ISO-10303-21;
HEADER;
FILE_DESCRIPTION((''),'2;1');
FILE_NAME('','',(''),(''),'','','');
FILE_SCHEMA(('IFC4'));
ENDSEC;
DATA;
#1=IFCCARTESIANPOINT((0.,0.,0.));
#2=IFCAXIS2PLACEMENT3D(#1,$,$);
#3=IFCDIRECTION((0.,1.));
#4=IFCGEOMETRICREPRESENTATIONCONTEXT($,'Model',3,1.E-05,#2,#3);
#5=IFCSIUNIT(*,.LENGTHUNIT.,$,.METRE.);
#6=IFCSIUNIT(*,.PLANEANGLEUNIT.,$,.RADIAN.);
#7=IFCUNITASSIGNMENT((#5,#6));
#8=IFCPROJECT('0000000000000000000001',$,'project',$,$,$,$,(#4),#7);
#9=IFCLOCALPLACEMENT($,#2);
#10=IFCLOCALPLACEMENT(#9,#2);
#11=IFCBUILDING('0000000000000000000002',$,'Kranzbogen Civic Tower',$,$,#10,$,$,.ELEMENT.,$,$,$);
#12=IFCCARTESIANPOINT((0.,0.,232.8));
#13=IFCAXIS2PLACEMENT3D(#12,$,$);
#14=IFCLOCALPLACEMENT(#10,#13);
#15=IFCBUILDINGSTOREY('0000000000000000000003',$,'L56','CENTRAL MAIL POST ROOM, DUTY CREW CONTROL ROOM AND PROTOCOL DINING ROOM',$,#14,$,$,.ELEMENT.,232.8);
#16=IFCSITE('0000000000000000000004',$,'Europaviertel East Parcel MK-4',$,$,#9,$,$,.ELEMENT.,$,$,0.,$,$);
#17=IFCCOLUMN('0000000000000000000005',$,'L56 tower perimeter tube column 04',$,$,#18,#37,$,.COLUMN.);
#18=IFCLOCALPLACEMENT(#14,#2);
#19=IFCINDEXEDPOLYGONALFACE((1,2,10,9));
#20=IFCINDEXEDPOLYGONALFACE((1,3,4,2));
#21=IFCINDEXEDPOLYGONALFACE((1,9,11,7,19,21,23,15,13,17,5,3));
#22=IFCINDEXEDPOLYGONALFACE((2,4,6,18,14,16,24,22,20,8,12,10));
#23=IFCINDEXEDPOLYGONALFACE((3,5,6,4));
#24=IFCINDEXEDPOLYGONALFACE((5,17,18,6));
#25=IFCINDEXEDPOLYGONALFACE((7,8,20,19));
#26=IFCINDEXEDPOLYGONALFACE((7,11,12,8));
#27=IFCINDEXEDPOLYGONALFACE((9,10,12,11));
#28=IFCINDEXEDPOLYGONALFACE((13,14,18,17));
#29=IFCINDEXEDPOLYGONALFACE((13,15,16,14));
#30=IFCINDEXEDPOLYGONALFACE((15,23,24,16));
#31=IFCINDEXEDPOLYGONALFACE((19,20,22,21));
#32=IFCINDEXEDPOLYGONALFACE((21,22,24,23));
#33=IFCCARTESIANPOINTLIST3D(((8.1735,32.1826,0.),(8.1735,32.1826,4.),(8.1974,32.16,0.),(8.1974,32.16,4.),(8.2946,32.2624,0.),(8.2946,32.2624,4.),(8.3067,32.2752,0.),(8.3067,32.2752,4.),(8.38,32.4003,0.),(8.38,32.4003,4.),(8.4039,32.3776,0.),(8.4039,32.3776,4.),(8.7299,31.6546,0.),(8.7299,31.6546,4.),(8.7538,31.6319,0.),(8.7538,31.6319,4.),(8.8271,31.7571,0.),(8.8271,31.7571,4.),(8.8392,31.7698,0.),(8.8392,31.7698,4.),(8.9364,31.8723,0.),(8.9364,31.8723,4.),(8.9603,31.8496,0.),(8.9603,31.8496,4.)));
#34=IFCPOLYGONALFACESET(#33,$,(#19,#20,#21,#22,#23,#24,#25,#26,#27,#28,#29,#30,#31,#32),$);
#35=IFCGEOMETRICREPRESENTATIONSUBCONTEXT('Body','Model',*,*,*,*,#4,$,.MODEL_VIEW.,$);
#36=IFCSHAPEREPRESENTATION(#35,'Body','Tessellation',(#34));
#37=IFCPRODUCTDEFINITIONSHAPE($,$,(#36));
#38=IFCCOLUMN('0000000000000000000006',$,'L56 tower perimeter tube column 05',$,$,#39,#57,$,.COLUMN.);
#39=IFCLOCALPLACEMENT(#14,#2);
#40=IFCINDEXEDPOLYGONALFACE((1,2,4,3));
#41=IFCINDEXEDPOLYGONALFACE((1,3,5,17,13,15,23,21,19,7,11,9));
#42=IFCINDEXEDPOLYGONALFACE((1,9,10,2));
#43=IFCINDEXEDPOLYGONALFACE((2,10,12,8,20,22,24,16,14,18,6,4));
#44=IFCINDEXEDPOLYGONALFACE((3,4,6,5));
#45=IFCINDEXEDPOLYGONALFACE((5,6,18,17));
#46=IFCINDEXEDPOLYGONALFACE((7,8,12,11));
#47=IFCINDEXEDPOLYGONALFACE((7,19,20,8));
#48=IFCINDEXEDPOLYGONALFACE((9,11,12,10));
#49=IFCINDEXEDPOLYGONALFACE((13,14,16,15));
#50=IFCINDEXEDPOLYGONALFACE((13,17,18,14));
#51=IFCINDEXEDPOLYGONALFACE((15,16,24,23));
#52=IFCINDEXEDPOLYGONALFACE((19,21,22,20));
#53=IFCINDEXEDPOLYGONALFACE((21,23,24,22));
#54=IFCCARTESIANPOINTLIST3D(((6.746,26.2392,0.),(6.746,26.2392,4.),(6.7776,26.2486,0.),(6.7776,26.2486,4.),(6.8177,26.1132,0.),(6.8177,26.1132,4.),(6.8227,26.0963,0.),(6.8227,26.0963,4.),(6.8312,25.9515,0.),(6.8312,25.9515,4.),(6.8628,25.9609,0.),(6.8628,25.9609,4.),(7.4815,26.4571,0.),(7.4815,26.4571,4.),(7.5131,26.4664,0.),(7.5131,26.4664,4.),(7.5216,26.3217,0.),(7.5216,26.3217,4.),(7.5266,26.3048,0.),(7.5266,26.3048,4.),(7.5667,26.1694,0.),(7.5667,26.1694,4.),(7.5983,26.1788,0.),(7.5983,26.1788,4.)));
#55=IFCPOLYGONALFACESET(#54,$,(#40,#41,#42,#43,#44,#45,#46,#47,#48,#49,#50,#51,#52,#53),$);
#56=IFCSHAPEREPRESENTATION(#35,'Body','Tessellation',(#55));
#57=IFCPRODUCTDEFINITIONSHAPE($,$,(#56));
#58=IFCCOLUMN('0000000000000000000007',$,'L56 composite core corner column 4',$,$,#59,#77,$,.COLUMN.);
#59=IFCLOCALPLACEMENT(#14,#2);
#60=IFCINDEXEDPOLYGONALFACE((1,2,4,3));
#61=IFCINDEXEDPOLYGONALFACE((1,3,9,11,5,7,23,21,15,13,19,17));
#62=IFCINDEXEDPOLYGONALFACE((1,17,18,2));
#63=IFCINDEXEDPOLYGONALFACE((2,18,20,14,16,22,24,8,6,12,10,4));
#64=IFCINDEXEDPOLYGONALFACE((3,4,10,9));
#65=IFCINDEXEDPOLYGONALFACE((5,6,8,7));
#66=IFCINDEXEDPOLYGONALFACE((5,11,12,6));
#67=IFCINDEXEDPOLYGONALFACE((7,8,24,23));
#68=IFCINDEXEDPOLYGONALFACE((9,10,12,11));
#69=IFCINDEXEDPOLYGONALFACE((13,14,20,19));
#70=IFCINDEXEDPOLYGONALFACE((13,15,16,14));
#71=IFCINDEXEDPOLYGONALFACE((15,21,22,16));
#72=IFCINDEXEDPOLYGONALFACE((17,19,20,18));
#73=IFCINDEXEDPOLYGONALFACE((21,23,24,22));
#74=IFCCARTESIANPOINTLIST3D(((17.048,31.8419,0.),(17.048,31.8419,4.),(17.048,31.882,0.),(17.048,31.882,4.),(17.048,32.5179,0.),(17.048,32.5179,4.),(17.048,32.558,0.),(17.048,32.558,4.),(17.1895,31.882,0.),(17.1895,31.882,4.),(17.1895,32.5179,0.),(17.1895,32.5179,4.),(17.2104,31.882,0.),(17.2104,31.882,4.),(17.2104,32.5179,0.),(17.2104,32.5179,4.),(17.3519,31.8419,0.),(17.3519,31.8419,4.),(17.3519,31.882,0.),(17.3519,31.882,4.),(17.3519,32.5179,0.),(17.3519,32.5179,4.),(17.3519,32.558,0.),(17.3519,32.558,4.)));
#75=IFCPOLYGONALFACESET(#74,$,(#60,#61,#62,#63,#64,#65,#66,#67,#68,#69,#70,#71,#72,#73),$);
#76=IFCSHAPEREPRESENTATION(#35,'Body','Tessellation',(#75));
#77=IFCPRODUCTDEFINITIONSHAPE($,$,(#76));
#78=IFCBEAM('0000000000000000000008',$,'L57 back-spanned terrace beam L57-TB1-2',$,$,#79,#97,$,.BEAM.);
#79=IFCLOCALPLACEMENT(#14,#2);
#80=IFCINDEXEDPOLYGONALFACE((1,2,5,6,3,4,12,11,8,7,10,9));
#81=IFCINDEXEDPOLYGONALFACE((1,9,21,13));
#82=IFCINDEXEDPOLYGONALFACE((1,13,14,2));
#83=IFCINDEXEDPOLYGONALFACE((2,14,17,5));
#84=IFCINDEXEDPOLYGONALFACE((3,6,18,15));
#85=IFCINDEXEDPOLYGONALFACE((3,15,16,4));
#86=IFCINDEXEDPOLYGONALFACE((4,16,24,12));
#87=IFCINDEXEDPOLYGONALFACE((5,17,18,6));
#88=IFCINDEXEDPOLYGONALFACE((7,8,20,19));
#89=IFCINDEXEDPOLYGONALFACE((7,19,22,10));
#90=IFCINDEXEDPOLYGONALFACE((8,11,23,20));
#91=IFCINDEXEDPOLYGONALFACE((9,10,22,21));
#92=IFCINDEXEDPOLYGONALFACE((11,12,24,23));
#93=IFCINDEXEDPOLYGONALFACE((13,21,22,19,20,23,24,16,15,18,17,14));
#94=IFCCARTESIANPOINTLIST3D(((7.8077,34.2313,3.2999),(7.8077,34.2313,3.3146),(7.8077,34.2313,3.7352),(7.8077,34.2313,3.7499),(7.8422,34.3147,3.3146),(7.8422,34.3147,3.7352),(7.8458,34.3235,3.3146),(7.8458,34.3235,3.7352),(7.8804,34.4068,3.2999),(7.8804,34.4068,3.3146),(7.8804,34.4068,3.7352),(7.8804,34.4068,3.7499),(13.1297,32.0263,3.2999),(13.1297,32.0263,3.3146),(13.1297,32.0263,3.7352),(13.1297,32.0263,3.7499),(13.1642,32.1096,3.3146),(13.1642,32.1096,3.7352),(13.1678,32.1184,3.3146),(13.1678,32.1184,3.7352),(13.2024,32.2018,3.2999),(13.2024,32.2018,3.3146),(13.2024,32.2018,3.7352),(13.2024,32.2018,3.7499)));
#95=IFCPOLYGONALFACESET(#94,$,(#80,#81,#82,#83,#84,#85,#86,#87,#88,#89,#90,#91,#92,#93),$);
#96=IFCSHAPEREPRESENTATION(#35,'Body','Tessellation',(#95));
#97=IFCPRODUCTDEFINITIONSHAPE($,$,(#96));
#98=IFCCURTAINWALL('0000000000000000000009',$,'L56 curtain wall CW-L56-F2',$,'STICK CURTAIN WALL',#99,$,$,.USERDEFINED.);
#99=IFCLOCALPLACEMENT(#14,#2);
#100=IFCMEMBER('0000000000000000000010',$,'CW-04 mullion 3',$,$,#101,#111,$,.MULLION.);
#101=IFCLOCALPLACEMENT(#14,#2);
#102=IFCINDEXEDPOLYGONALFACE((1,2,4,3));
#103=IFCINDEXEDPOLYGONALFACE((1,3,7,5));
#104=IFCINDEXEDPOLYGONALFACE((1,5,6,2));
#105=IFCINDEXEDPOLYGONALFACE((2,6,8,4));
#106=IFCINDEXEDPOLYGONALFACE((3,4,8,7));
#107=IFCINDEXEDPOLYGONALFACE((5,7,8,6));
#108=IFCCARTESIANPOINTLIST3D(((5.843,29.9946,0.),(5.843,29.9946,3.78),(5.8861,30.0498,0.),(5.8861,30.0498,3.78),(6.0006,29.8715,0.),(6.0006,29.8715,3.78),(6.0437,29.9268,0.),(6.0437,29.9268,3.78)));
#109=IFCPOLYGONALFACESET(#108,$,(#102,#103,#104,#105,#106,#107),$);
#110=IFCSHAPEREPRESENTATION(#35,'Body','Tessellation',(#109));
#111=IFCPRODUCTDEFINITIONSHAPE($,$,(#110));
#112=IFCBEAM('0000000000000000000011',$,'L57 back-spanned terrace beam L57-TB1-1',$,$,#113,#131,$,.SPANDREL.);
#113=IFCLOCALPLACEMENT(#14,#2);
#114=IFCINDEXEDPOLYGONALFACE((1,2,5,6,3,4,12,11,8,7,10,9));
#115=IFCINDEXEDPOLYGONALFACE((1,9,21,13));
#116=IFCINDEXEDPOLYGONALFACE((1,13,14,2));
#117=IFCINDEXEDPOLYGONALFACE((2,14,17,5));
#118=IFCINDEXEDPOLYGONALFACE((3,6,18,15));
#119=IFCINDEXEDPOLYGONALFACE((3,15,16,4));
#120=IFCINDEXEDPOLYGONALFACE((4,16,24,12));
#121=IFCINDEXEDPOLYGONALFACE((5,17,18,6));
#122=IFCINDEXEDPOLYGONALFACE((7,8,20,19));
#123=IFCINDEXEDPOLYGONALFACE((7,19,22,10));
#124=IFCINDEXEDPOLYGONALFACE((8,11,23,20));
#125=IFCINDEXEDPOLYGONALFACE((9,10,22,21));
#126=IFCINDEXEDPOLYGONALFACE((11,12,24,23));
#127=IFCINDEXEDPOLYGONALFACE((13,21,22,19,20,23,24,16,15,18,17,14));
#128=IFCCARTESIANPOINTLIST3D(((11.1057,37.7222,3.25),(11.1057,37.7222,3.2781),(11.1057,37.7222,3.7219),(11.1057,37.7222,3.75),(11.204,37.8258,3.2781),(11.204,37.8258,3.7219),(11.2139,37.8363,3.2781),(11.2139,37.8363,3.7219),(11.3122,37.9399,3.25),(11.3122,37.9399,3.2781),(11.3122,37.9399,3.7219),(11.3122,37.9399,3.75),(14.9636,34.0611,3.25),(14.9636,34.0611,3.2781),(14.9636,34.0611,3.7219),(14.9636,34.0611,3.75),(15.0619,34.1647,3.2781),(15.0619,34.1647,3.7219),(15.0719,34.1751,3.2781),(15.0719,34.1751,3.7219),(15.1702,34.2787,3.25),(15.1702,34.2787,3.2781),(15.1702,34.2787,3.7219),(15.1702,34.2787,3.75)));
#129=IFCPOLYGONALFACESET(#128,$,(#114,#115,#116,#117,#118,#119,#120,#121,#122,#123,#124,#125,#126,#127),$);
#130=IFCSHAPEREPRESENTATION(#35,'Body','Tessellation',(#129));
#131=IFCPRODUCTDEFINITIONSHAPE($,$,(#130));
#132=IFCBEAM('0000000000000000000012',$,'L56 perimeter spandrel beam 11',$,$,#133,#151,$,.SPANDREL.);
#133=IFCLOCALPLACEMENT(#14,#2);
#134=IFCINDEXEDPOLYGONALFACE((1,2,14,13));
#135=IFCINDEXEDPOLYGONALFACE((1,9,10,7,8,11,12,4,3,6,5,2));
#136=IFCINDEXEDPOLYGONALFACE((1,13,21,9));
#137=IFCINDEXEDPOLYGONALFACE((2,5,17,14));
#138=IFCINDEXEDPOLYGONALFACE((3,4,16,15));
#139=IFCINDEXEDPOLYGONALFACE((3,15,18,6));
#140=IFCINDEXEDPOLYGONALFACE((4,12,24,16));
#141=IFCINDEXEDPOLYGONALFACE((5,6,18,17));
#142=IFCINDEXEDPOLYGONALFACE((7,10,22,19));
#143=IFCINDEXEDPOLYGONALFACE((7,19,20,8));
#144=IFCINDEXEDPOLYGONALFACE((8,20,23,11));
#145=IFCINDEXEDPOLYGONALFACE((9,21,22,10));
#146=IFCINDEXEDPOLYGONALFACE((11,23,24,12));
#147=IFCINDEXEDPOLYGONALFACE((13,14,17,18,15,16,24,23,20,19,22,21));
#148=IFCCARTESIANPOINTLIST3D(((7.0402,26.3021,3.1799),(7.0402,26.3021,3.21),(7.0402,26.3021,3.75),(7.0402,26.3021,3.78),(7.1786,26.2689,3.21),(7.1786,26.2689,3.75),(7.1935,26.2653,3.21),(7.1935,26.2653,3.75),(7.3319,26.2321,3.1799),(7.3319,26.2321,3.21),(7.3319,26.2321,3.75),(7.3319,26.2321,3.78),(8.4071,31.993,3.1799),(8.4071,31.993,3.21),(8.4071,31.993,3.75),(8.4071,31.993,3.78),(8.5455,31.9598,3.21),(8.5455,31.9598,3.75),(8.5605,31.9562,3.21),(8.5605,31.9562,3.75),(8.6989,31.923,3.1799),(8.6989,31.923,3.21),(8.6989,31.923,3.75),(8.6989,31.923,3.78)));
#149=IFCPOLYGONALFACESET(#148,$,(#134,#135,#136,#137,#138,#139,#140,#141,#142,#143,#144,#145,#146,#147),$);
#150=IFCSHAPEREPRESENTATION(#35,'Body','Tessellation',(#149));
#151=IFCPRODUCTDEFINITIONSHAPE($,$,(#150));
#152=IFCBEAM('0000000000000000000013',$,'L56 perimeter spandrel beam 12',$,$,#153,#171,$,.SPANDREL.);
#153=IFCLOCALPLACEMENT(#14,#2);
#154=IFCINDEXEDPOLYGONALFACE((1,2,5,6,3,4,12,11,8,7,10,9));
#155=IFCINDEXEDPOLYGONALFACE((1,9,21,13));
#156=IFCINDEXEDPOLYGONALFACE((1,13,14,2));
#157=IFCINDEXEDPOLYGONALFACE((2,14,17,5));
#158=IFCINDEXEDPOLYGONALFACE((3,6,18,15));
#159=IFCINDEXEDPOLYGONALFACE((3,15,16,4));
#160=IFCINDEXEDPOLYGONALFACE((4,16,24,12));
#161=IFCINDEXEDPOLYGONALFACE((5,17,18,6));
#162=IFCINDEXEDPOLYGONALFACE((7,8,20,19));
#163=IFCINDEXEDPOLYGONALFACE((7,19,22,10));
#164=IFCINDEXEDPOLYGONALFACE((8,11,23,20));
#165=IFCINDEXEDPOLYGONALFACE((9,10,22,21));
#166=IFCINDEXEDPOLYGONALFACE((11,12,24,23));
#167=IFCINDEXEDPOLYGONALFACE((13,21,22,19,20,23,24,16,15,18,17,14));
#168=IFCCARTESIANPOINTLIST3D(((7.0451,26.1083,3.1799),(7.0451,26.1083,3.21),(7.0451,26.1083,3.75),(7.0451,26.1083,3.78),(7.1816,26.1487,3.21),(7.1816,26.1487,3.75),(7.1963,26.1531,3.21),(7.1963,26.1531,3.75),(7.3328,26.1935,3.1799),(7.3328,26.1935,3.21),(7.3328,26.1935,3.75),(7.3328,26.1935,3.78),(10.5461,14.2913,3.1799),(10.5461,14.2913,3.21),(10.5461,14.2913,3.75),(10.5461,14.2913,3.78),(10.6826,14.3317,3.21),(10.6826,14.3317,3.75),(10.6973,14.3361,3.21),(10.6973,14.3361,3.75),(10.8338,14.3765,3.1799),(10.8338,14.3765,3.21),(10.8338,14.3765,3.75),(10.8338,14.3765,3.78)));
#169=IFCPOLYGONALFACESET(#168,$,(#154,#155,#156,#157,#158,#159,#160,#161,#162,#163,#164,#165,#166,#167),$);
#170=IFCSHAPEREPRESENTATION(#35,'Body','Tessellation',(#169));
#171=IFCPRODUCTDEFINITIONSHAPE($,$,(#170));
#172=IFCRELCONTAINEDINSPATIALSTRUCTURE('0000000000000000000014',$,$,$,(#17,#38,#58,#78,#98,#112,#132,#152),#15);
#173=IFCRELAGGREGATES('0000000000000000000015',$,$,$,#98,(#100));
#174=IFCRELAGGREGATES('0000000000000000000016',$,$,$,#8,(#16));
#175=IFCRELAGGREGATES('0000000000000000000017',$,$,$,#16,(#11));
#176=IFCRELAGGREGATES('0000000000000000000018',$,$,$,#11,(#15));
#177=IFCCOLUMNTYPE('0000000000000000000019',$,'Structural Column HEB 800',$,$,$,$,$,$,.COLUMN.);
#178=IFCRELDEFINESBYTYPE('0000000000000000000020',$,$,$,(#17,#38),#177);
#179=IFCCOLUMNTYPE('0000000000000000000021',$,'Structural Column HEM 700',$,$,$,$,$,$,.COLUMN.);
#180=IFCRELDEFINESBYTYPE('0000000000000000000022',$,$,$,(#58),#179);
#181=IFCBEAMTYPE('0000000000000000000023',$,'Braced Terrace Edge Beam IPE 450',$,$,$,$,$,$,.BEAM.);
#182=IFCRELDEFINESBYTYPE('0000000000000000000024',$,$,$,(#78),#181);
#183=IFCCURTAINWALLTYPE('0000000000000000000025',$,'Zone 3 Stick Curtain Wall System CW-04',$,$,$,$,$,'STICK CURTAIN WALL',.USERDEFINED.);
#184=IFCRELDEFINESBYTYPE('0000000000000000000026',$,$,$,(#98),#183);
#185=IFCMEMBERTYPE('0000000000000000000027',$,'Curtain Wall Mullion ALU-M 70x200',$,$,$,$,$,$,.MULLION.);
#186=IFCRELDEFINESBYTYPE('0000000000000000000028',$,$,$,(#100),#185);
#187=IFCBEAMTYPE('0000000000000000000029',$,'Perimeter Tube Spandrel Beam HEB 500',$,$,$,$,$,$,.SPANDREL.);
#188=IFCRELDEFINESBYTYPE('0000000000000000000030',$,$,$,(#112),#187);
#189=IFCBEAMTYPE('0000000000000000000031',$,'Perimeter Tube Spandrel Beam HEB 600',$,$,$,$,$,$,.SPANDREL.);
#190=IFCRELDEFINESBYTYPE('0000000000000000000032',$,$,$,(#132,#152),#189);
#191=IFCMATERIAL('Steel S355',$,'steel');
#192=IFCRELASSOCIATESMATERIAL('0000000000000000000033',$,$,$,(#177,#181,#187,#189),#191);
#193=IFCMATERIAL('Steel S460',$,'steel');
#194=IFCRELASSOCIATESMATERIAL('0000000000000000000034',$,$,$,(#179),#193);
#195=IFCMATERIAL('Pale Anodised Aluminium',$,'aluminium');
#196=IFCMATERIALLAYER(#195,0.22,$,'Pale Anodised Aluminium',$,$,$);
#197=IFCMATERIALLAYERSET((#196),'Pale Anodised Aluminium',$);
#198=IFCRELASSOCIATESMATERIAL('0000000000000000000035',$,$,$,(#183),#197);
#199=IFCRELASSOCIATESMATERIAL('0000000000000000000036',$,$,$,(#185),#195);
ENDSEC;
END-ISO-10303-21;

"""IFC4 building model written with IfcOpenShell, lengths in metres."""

from ifc_helpers import new_model, si_unit, direction, frame, origin, origin_2d, place, context, subcontext, project, spatial, rectangle, i_section, extrude, material, layer, layer_set, material_profile, profile_set, type_object, element, aggregate, save


model = new_model("IFC4")

# Units and contexts
model_context = context("Model", 3, precision=1e-05, world=origin(), true_north=direction((0.0, 1.0)))
body_context = subcontext(model_context, "Body", "Model", "MODEL_VIEW")
ifc_project = project(units=[si_unit("LENGTHUNIT", "METRE"), si_unit("PLANEANGLEUNIT", "RADIAN")], contexts=[model_context])

# Site, building, storey
site_placement = place(None, origin())
site = spatial("IfcSite", under=ifc_project, at=site_placement, Name="Europaviertel East Parcel MK-4", CompositionType="ELEMENT", RefElevation=0.0)
building_placement = place(site_placement, origin())
building = spatial("IfcBuilding", under=site, at=building_placement, Name="Kranzbogen Civic Tower", CompositionType="ELEMENT")
storey_placement = place(building_placement, frame((0.0, 0.0, 232.8)))
storey = spatial("IfcBuildingStorey", under=building, at=storey_placement, Name="L56", Description="CENTRAL MAIL POST ROOM, DUTY CREW CONTROL ROOM AND PROTOCOL DINING ROOM", CompositionType="ELEMENT", Elevation=232.8)

# Columns
ifc_material_1 = material(Name="Steel S355", Category="steel")
ifc_material_profile_1 = material_profile(ifc_material_1, i_section(OverallWidth=0.3, OverallDepth=0.8, WebThickness=0.0176, FlangeThickness=0.033, at=origin_2d()), Name="HEB 800")
ifc_profile_set_1 = profile_set([ifc_material_profile_1], Name="Steel S355")
column_type_1 = type_object("IfcColumnType", Name="Structural Column HEB 800", PredefinedType="COLUMN", material=ifc_profile_set_1)
for number, where, z_axis, x_axis, name in (
    (1, (8.5669, 32.0161, 0.0), (0.0, 0.0, 1.0), (0.688355, 0.725374, 0.0), "L56 tower perimeter tube column 04"),
    (2, (7.1721, 26.209, 0.0), (0.0, 0.0, 1.0), (-0.284015, 0.95882, 0.0), "L56 tower perimeter tube column 05"),
):
    element("IfcColumn", number, at=place(storey_placement, frame(where, z_axis=z_axis, x_axis=x_axis)), inside=storey, type_object=column_type_1, Name=name, PredefinedType="COLUMN", context=body_context, shape_type="SweptSolid", body=[
        extrude(i_section(OverallWidth=0.3, OverallDepth=0.8, WebThickness=0.0176, FlangeThickness=0.033, at=origin_2d()), origin(), (0.0, 0.0, 1.0), 4.0),
    ])
ifc_material_2 = material(Name="Steel S460", Category="steel")
ifc_material_profile_2 = material_profile(ifc_material_2, i_section(OverallWidth=0.304, OverallDepth=0.7161, WebThickness=0.021, FlangeThickness=0.04, at=origin_2d()), Name="HEM 700")
ifc_profile_set_2 = profile_set([ifc_material_profile_2], Name="Steel S460")
column_type_2 = type_object("IfcColumnType", Name="Structural Column HEM 700", PredefinedType="COLUMN", material=ifc_profile_set_2)
column_placement = place(storey_placement, frame((17.2, 32.2, 0.0), z_axis=(0.0, 0.0, 1.0), x_axis=(1.0, 0.0, 0.0)))
element("IfcColumn", 3, at=column_placement, inside=storey, type_object=column_type_2, Name="L56 composite core corner column 4", PredefinedType="COLUMN", context=body_context, shape_type="SweptSolid", body=[
    extrude(i_section(OverallWidth=0.304, OverallDepth=0.7161, WebThickness=0.021, FlangeThickness=0.04, at=origin_2d()), origin(), (0.0, 0.0, 1.0), 4.0),
])

# Beam
ifc_material_profile_3 = material_profile(ifc_material_1, i_section(OverallWidth=0.1899, OverallDepth=0.45, WebThickness=0.0095, FlangeThickness=0.0146, at=origin_2d()), Name="IPE 450")
ifc_profile_set_3 = profile_set([ifc_material_profile_3], Name="Steel S355")
beam_type_1 = type_object("IfcBeamType", Name="Braced Terrace Edge Beam IPE 450", PredefinedType="BEAM", material=ifc_profile_set_3)
beam_1_placement = place(storey_placement, frame((13.166, 32.114, 3.5249), z_axis=(-0.923841, 0.382776, 0.0), x_axis=(-0.382776, -0.923841, 0.0)))
element("IfcBeam", 4, at=beam_1_placement, inside=storey, type_object=beam_type_1, Name="L57 back-spanned terrace beam L57-TB1-2", PredefinedType="BEAM", context=body_context, shape_type="SweptSolid", body=[
    extrude(i_section(OverallWidth=0.1899, OverallDepth=0.45, WebThickness=0.0095, FlangeThickness=0.0146, at=origin_2d()), origin(), (0.0, 0.0, 1.0), 5.7607),
])

# Curtain wall, member
ifc_material_3 = material(Name="Pale Anodised Aluminium", Category="aluminium")
ifc_layer_1 = layer(ifc_material_3, 0.22, Name="Pale Anodised Aluminium")
ifc_layer_set_1 = layer_set([ifc_layer_1], Name="Pale Anodised Aluminium")
curtain_wall_type = type_object("IfcCurtainWallType", Name="Zone 3 Stick Curtain Wall System CW-04", ElementType="STICK CURTAIN WALL", PredefinedType="USERDEFINED", material=ifc_layer_set_1)
curtain_wall_placement = place(storey_placement, origin())
curtain_wall = element("IfcCurtainWall", 5, at=curtain_wall_placement, inside=storey, type_object=curtain_wall_type, Name="L56 curtain wall CW-L56-F2", ObjectType="STICK CURTAIN WALL", PredefinedType="USERDEFINED")
ifc_material_profile_4 = material_profile(ifc_material_3, rectangle(XDim=0.0701, YDim=0.2, at=origin_2d()), Name="ALU-M 70x200")
ifc_profile_set_4 = profile_set([ifc_material_profile_4], Name="Pale Anodised Aluminium")
member_type = type_object("IfcMemberType", Name="Curtain Wall Mullion ALU-M 70x200", PredefinedType="MULLION", material=ifc_profile_set_4)
member_placement = place(storey_placement, frame((5.9434, 29.9607, 0.0), z_axis=(0.0, 0.0, 1.0), x_axis=(-0.615632, -0.788034, 0.0)))
member = element("IfcMember", 6, at=member_placement, type_object=member_type, Name="CW-04 mullion 3", PredefinedType="MULLION", context=body_context, shape_type="SweptSolid", body=[
    extrude(rectangle(XDim=0.0701, YDim=0.2, at=origin_2d()), origin(), (0.0, 0.0, 1.0), 3.78),
])

# Beams
ifc_material_profile_5 = material_profile(ifc_material_1, i_section(OverallWidth=0.3, OverallDepth=0.5, WebThickness=0.0144, FlangeThickness=0.0281, at=origin_2d()), Name="HEB 500")
ifc_profile_set_5 = profile_set([ifc_material_profile_5], Name="Steel S355")
beam_type_2 = type_object("IfcBeamType", Name="Perimeter Tube Spandrel Beam HEB 500", PredefinedType="SPANDREL", material=ifc_profile_set_5)
beam_2_placement = place(storey_placement, frame((15.0669, 34.1699, 3.5), z_axis=(-0.725364, 0.688366, 0.0), x_axis=(-0.688366, -0.725364, 0.0)))
element("IfcBeam", 7, at=beam_2_placement, inside=storey, type_object=beam_type_2, Name="L57 back-spanned terrace beam L57-TB1-1", PredefinedType="SPANDREL", context=body_context, shape_type="SweptSolid", body=[
    extrude(i_section(OverallWidth=0.3, OverallDepth=0.5, WebThickness=0.0144, FlangeThickness=0.0281, at=origin_2d()), origin(), (0.0, 0.0, 1.0), 5.3186),
])
ifc_material_profile_6 = material_profile(ifc_material_1, i_section(OverallWidth=0.3, OverallDepth=0.6001, WebThickness=0.0154, FlangeThickness=0.03, at=origin_2d()), Name="HEB 600")
ifc_profile_set_6 = profile_set([ifc_material_profile_6], Name="Steel S355")
beam_type_3 = type_object("IfcBeamType", Name="Perimeter Tube Spandrel Beam HEB 600", PredefinedType="SPANDREL", material=ifc_profile_set_6)
beam_3_placement = place(storey_placement, frame((8.553, 31.958, 3.48), z_axis=(-0.233554, -0.972344, 0.0), x_axis=(0.972344, -0.233554, 0.0)))
element("IfcBeam", 8, at=beam_3_placement, inside=storey, type_object=beam_type_3, Name="L56 perimeter spandrel beam 11", PredefinedType="SPANDREL", context=body_context, shape_type="SweptSolid", body=[
    extrude(i_section(OverallWidth=0.3, OverallDepth=0.6001, WebThickness=0.0154, FlangeThickness=0.03, at=origin_2d()), origin(), (0.0, 0.0, 1.0), 5.8528),
])
beam_4_placement = place(storey_placement, frame((7.189, 26.1509, 3.48), z_axis=(0.284064, -0.958805, 0.0), x_axis=(0.958805, 0.284064, 0.0)))
element("IfcBeam", 9, at=beam_4_placement, inside=storey, type_object=beam_type_3, Name="L56 perimeter spandrel beam 12", PredefinedType="SPANDREL", context=body_context, shape_type="SweptSolid", body=[
    extrude(i_section(OverallWidth=0.3, OverallDepth=0.6001, WebThickness=0.0154, FlangeThickness=0.03, at=origin_2d()), origin(), (0.0, 0.0, 1.0), 12.3247),
])

aggregate(curtain_wall, [member])

save(model, "model.ifc")
